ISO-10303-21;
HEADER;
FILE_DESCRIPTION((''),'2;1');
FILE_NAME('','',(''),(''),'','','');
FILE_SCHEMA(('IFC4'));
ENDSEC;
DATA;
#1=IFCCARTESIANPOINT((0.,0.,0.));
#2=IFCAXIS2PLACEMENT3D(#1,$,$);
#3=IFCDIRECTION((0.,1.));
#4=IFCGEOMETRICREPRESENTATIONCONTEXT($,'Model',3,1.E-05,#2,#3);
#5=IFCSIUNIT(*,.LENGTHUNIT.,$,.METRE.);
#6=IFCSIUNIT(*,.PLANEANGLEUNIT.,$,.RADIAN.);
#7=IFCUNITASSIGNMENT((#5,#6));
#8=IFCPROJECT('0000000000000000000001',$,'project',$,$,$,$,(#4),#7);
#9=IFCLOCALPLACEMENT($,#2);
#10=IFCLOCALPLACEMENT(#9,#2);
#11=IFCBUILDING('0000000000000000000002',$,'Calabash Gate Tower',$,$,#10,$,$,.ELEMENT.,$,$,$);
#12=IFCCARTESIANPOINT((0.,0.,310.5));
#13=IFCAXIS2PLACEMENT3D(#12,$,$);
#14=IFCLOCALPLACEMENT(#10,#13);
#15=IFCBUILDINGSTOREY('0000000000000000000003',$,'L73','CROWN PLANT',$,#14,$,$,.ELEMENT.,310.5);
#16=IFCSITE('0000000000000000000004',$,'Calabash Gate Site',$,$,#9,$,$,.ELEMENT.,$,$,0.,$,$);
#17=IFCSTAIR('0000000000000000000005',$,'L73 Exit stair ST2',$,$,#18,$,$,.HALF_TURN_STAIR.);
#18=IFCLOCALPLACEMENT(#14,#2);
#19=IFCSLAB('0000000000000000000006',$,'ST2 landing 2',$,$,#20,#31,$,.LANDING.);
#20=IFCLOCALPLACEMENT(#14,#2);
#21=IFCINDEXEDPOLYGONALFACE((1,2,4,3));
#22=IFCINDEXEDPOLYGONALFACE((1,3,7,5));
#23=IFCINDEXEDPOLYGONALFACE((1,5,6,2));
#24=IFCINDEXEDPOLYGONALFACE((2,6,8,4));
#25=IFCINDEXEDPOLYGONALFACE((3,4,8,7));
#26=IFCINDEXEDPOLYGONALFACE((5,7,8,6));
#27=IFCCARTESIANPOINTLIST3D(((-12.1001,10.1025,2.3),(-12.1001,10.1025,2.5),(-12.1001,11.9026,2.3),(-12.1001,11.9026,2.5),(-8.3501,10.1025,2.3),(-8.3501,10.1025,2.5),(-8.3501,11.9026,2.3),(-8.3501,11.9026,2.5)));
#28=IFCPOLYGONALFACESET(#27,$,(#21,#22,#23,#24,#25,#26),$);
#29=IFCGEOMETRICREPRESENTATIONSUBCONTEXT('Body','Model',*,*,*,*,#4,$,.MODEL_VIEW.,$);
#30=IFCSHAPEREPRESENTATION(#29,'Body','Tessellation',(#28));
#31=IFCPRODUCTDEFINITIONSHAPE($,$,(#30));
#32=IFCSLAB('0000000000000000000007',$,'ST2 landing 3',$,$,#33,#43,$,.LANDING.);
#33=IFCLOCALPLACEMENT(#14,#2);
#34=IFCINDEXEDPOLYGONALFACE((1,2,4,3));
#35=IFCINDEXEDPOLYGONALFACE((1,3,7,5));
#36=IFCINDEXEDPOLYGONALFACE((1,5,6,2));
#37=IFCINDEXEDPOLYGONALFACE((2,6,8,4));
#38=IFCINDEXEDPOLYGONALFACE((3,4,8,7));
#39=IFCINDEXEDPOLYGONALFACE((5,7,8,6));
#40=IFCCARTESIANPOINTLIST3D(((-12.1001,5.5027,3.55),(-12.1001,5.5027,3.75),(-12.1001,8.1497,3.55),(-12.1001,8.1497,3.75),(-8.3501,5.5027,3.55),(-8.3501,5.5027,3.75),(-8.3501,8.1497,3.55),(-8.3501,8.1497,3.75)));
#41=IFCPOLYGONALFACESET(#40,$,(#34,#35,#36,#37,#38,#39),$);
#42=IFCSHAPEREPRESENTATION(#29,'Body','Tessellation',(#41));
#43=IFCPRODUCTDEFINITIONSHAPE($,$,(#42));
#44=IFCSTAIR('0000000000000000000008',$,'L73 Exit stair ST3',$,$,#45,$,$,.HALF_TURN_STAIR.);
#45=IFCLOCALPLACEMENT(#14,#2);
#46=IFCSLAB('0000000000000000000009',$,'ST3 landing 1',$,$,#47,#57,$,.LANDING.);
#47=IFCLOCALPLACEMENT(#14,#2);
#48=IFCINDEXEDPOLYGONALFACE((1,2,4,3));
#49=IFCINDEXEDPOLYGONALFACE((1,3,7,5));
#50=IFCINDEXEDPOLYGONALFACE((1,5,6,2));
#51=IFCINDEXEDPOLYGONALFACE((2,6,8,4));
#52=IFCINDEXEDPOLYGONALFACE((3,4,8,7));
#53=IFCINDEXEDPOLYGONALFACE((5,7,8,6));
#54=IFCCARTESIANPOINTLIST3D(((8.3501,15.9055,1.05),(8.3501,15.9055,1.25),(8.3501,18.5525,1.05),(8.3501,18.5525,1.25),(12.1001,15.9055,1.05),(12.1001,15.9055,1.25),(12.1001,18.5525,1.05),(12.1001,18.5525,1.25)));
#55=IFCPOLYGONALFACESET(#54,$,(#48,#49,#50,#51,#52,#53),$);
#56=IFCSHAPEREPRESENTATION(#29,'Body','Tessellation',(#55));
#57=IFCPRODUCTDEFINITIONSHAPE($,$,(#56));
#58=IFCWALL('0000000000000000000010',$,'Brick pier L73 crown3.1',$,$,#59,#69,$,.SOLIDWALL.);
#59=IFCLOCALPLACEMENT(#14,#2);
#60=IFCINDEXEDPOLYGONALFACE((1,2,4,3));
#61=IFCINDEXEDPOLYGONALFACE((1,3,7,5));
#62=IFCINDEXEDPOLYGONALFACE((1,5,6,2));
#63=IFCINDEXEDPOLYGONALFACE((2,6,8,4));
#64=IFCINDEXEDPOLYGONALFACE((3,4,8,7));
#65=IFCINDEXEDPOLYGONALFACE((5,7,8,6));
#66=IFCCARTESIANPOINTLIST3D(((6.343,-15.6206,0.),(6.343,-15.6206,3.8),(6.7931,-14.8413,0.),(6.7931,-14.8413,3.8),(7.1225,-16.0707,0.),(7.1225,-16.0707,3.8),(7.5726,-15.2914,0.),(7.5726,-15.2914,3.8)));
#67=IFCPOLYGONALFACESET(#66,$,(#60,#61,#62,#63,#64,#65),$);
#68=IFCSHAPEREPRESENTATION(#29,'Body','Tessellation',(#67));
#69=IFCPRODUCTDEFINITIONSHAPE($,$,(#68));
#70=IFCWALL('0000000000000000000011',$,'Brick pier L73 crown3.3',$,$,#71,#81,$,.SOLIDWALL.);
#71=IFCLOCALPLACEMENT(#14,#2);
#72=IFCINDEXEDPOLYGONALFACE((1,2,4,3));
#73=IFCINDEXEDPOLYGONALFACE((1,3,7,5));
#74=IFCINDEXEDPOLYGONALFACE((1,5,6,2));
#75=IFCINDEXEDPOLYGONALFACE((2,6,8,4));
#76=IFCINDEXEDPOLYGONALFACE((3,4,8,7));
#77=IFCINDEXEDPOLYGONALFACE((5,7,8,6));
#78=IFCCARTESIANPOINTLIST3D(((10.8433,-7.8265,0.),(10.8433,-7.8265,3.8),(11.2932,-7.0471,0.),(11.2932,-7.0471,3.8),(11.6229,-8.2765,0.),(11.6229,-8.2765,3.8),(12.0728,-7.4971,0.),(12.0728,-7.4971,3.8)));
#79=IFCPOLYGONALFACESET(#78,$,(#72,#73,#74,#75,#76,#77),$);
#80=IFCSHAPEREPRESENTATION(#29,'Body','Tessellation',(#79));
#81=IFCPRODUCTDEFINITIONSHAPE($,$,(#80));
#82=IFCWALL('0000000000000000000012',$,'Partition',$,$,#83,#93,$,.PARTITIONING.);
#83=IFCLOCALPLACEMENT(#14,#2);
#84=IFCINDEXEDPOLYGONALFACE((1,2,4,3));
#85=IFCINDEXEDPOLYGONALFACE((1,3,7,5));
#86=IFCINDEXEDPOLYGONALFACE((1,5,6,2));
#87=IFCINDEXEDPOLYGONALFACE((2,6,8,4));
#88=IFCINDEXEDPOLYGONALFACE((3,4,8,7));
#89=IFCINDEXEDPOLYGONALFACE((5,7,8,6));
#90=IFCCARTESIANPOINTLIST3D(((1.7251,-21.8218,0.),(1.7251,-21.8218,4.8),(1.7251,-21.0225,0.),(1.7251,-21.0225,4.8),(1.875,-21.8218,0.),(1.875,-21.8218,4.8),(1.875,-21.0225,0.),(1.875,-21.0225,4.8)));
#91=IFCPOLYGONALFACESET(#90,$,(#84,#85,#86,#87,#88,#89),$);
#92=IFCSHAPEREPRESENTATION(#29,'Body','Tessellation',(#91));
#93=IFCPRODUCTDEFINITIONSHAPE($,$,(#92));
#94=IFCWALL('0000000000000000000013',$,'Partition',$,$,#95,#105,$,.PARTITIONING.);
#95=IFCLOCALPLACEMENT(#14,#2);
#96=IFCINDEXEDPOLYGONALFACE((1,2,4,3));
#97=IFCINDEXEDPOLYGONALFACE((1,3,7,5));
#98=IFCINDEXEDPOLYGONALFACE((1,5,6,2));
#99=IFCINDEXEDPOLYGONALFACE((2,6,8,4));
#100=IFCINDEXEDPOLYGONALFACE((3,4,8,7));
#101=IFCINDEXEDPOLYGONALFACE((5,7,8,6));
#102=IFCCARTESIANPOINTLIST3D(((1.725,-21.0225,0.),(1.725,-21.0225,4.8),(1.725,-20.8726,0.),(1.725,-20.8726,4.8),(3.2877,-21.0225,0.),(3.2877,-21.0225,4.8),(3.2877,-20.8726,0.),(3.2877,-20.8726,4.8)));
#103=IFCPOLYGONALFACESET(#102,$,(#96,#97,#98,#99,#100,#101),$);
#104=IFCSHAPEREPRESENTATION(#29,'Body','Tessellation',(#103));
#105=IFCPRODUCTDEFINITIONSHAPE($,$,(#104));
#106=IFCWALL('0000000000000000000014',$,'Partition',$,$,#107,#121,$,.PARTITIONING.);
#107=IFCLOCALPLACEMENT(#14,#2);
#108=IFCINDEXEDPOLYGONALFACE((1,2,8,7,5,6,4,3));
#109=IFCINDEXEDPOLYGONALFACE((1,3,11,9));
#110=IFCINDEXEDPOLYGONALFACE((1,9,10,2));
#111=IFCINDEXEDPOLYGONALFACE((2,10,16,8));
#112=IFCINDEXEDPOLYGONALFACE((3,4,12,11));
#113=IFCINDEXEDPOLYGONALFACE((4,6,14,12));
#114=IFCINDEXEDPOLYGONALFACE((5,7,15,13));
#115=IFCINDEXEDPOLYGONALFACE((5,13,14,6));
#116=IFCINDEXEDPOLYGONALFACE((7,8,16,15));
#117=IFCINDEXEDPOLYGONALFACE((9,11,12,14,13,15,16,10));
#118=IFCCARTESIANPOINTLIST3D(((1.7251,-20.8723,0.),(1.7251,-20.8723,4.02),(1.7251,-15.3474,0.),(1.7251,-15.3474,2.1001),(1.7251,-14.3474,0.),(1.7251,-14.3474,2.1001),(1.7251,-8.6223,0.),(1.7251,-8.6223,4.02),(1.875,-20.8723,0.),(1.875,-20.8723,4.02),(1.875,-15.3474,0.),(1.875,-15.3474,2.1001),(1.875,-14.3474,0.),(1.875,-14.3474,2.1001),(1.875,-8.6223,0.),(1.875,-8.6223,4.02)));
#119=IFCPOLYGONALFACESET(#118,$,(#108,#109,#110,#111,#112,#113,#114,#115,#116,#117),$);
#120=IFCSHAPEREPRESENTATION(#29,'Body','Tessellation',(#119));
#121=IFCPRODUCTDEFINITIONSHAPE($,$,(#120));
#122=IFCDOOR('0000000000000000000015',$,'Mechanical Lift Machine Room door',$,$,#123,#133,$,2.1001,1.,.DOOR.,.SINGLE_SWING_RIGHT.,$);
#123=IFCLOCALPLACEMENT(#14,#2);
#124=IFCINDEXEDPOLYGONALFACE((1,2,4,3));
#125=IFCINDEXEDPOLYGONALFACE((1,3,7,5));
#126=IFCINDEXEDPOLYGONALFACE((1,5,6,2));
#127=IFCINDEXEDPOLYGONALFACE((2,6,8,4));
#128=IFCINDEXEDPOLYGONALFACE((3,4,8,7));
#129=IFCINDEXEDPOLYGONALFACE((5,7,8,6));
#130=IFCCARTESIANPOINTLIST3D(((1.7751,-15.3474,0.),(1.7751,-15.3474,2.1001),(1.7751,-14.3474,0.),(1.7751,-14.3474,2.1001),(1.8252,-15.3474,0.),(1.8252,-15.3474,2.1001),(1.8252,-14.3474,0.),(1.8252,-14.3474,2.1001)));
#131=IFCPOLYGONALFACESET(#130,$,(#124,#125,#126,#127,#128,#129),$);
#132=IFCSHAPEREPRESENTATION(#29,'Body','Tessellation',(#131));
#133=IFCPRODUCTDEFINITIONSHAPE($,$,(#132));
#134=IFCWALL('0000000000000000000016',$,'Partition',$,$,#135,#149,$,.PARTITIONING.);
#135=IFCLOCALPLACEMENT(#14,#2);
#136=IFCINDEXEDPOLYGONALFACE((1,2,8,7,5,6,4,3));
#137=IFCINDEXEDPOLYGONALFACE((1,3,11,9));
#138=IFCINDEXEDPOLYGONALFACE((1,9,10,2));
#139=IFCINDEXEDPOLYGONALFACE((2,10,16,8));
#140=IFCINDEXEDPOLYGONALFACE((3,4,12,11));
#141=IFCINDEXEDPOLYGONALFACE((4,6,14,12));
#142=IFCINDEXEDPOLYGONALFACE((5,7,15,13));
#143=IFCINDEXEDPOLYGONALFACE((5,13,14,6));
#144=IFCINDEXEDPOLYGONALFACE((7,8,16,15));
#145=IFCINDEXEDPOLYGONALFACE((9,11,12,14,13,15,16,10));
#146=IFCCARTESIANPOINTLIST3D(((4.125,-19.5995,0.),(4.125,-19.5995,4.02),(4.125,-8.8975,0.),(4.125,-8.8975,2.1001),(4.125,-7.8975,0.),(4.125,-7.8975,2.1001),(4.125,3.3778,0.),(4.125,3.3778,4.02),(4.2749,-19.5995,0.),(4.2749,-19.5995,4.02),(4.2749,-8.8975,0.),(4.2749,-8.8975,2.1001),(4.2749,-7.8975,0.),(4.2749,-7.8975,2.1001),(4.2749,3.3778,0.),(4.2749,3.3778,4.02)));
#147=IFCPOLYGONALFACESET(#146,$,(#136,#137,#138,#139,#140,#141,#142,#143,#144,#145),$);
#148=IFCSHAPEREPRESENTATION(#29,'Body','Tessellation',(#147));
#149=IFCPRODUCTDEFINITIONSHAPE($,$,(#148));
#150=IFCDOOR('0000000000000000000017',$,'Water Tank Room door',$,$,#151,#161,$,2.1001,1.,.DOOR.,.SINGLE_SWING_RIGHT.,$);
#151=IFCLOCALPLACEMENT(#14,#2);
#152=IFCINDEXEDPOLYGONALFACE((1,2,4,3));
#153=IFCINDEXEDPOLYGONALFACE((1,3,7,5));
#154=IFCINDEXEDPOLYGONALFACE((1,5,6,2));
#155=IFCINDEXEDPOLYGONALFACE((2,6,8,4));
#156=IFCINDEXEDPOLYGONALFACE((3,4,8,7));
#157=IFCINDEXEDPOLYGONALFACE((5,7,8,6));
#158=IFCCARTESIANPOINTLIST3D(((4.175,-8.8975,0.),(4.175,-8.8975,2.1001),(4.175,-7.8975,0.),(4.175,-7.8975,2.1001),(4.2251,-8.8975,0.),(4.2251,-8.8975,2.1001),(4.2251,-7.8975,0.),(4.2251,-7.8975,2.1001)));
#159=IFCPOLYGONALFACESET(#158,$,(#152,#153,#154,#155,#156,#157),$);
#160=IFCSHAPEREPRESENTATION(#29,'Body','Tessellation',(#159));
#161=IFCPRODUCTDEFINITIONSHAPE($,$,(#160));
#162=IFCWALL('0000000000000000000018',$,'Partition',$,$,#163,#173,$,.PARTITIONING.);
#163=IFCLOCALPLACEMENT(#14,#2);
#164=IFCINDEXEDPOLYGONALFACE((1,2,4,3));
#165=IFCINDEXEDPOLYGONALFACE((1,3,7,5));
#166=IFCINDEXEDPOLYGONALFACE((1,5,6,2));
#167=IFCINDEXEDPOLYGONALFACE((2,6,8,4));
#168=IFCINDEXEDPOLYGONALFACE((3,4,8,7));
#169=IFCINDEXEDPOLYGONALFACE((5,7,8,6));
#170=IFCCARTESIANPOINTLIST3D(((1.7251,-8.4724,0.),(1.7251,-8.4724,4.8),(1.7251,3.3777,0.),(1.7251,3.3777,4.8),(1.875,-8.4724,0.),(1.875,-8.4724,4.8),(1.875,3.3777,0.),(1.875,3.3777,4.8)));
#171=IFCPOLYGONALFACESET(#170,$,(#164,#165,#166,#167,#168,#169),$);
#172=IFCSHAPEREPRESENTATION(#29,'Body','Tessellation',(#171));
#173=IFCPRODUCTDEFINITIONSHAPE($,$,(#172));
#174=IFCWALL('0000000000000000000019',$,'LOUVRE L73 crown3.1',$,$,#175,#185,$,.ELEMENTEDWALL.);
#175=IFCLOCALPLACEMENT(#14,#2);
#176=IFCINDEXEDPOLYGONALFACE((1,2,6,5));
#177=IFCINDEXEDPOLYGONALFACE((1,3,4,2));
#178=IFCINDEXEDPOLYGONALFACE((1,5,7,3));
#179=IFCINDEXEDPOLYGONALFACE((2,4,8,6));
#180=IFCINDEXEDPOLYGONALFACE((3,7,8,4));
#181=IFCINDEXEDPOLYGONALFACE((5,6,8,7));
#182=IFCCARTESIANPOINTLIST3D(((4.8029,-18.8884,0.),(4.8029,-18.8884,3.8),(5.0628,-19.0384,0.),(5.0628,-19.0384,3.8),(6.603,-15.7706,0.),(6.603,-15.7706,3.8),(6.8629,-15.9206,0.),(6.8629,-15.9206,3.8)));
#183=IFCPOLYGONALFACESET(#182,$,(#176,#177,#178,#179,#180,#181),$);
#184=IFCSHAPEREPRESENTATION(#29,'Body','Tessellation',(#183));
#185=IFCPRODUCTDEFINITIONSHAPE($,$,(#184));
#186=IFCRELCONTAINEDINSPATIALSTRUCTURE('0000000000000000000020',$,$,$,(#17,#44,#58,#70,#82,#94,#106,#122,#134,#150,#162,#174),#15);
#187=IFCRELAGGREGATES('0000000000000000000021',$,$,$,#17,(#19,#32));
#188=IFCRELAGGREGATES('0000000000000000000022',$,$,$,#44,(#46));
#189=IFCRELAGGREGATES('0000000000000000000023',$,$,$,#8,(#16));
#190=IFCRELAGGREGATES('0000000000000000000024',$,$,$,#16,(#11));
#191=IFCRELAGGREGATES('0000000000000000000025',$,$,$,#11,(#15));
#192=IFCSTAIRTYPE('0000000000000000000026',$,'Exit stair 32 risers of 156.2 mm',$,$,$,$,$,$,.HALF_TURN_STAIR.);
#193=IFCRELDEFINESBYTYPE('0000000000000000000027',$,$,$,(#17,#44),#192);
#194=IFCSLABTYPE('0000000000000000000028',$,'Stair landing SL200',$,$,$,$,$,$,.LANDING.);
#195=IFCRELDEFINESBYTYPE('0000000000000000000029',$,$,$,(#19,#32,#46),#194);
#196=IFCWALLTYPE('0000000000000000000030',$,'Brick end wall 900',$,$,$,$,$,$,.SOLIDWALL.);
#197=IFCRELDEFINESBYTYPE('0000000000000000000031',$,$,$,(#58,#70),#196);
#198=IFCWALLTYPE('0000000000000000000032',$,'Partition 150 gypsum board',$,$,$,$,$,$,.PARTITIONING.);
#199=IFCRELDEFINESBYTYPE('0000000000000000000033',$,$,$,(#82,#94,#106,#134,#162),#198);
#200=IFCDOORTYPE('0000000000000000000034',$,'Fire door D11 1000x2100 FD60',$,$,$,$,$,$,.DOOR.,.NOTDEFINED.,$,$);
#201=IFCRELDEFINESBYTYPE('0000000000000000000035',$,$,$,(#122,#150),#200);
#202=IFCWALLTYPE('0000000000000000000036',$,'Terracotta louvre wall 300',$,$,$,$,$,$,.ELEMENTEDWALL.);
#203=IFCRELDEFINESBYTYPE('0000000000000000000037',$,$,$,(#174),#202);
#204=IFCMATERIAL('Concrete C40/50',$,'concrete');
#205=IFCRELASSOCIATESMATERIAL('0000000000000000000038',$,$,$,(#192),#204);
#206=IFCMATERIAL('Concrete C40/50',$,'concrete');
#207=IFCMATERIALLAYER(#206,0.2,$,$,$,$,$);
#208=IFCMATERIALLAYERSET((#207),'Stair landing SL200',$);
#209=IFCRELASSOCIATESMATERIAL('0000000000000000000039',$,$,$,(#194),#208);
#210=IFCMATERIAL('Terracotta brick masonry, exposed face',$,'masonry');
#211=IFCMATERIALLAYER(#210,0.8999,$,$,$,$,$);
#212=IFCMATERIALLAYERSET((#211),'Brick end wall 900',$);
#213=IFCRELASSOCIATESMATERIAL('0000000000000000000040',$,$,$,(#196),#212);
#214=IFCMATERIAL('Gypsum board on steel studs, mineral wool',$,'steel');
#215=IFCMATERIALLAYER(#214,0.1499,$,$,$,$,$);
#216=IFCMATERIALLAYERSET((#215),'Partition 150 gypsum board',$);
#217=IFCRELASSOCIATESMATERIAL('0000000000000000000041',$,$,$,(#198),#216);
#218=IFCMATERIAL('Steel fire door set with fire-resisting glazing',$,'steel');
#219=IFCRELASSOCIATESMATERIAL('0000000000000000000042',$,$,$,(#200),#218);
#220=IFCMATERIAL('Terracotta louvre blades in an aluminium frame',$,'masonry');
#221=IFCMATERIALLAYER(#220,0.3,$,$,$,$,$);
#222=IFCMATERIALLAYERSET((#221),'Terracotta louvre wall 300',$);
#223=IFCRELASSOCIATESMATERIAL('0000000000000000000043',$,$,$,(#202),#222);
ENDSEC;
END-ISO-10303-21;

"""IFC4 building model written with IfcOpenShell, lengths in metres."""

from ifc_helpers import new_model, si_unit, direction, frame, frame_2d, origin, place, context, subcontext, project, spatial, polyline, rectangle, outline, extrude, material, layer, layer_set, type_object, element, fill, aggregate, save


model = new_model("IFC4")

# Units and contexts
model_context = context("Model", 3, precision=1e-05, world=origin(), true_north=direction((0.0, 1.0)))
body_context = subcontext(model_context, "Body", "Model", "MODEL_VIEW")
ifc_project = project(units=[si_unit("LENGTHUNIT", "METRE"), si_unit("PLANEANGLEUNIT", "RADIAN")], contexts=[model_context])

# Site, building, storey
site_placement = place(None, origin())
site = spatial("IfcSite", under=ifc_project, at=site_placement, Name="Calabash Gate Site", CompositionType="ELEMENT", RefElevation=0.0)
building_placement = place(site_placement, origin())
building = spatial("IfcBuilding", under=site, at=building_placement, Name="Calabash Gate Tower", CompositionType="ELEMENT")
storey_placement = place(building_placement, frame((0.0, 0.0, 310.5)))
storey = spatial("IfcBuildingStorey", under=building, at=storey_placement, Name="L73", Description="CROWN PLANT", CompositionType="ELEMENT", Elevation=310.5)

# Stair, slabs
ifc_material_1 = material(Name="Concrete C40/50", Category="concrete")
stair_type = type_object("IfcStairType", Name="Exit stair 32 risers of 156.2 mm", PredefinedType="HALF_TURN_STAIR", material=ifc_material_1)
stair_1_placement = place(storey_placement, origin())
stair_1 = element("IfcStair", 1, at=stair_1_placement, inside=storey, type_object=stair_type, Name="L73 Exit stair ST2", PredefinedType="HALF_TURN_STAIR")
ifc_material_2 = material(Name="Concrete C40/50", Category="concrete")
ifc_layer_1 = layer(ifc_material_2, 0.2)
ifc_layer_set_1 = layer_set([ifc_layer_1], Name="Stair landing SL200")
slab_type = type_object("IfcSlabType", Name="Stair landing SL200", PredefinedType="LANDING", material=ifc_layer_set_1)
slab_1_placement = place(storey_placement, frame((0.0, 0.0, 2.3)))
slab_1 = element("IfcSlab", 2, at=slab_1_placement, type_object=slab_type, Name="ST2 landing 2", PredefinedType="LANDING", context=body_context, shape_type="SweptSolid", body=[
    extrude(outline(polyline([(-12.1001, 11.9026), (-12.1001, 10.1025), (-8.3501, 10.1025), (-8.3501, 11.9026), (-12.1001, 11.9026)])), origin(), (0.0, 0.0, 1.0), 0.2),
])
slab_2_placement = place(storey_placement, frame((0.0, 0.0, 3.55)))
slab_2 = element("IfcSlab", 3, at=slab_2_placement, type_object=slab_type, Name="ST2 landing 3", PredefinedType="LANDING", context=body_context, shape_type="SweptSolid", body=[
    extrude(outline(polyline([(-12.1001, 8.1497), (-12.1001, 5.5027), (-8.3501, 5.5027), (-8.3501, 8.1497), (-12.1001, 8.1497)])), origin(), (0.0, 0.0, 1.0), 0.2),
])
aggregate(stair_1, [slab_1, slab_2])

# Stair, slab
stair_2_placement = place(storey_placement, origin())
stair_2 = element("IfcStair", 4, at=stair_2_placement, inside=storey, type_object=stair_type, Name="L73 Exit stair ST3", PredefinedType="HALF_TURN_STAIR")
slab_3_placement = place(storey_placement, frame((0.0, 0.0, 1.05)))
slab_3 = element("IfcSlab", 5, at=slab_3_placement, type_object=slab_type, Name="ST3 landing 1", PredefinedType="LANDING", context=body_context, shape_type="SweptSolid", body=[
    extrude(outline(polyline([(12.1001, 15.9055), (12.1001, 18.5525), (8.3501, 18.5525), (8.3501, 15.9055), (12.1001, 15.9055)])), origin(), (0.0, 0.0, 1.0), 0.2),
])
aggregate(stair_2, [slab_3])

# Walls
ifc_material_3 = material(Name="Terracotta brick masonry, exposed face", Category="masonry")
ifc_layer_2 = layer(ifc_material_3, 0.8999)
ifc_layer_set_2 = layer_set([ifc_layer_2], Name="Brick end wall 900")
wall_type_1 = type_object("IfcWallType", Name="Brick end wall 900", PredefinedType="SOLIDWALL", material=ifc_layer_set_2)
for number, where, z_axis, x_axis, name in (
    (6, (7.3477, -15.6812, 0.0), (0.0, 0.0, 1.0), (-0.865964, 0.500106, 0.0), "Brick pier L73 crown3.1"),
    (7, (11.0681, -7.4368, 0.0), (0.0, 0.0, 1.0), (0.866082, -0.499902, 0.0), "Brick pier L73 crown3.3"),
):
    element("IfcWall", number, at=place(storey_placement, frame(where, z_axis=z_axis, x_axis=x_axis)), inside=storey, type_object=wall_type_1, Name=name, PredefinedType="SOLIDWALL", context=body_context, shape_type="SweptSolid", body=[
        extrude(rectangle(XDim=0.9001, YDim=0.8999, at=frame_2d((0.4502, 0.0))), origin(), (0.0, 0.0, 1.0), 3.8),
    ])
ifc_material_4 = material(Name="Gypsum board on steel studs, mineral wool", Category="steel")
ifc_layer_3 = layer(ifc_material_4, 0.1499)
ifc_layer_set_3 = layer_set([ifc_layer_3], Name="Partition 150 gypsum board")
wall_type_2 = type_object("IfcWallType", Name="Partition 150 gypsum board", PredefinedType="PARTITIONING", material=ifc_layer_set_3)
wall_1_placement = place(storey_placement, frame((1.8, -21.8218, 0.0), z_axis=(0.0, 0.0, 1.0), x_axis=(0.0, 1.0, 0.0)))
element("IfcWall", 8, at=wall_1_placement, inside=storey, type_object=wall_type_2, Name="Partition", PredefinedType="PARTITIONING", context=body_context, shape_type="SweptSolid", body=[
    extrude(rectangle(XDim=0.7993, YDim=0.1499, at=frame_2d((0.3997, 0.0))), origin(), (0.0, 0.0, 1.0), 4.8),
])
wall_2_placement = place(storey_placement, frame((1.7251, -20.9475, 0.0), z_axis=(0.0, 0.0, 1.0), x_axis=(1.0, 0.0, 0.0)))
element("IfcWall", 9, at=wall_2_placement, inside=storey, type_object=wall_type_2, Name="Partition", PredefinedType="PARTITIONING", context=body_context, shape_type="SweptSolid", body=[
    extrude(rectangle(XDim=1.5627, YDim=0.1499, at=frame_2d((0.7812, 0.0))), origin(), (0.0, 0.0, 1.0), 4.8),
])

# Walls, openings, doors
wall_3_placement = place(storey_placement, frame((1.8, -20.8723, 0.0), z_axis=(0.0, 0.0, 1.0), x_axis=(0.0, 1.0, 0.0)))
wall_3 = element("IfcWall", 10, at=wall_3_placement, inside=storey, type_object=wall_type_2, Name="Partition", PredefinedType="PARTITIONING", context=body_context, shape_type="SweptSolid", body=[
    extrude(rectangle(XDim=12.25, YDim=0.1499, at=frame_2d((6.125, 0.0))), origin(), (0.0, 0.0, 1.0), 4.02),
])
opening_1_placement = place(wall_3_placement, frame((5.5249, 0.0, 0.0)))
opening_1 = element("IfcOpeningElement", 11, at=opening_1_placement, cuts=wall_3, PredefinedType="OPENING", context=body_context, shape_type="SweptSolid", body=[
    extrude(rectangle(XDim=1.0, YDim=2.1001, at=frame_2d((0.5, 1.05))), frame((0.0, 0.085, 0.0), z_axis=(0.0, -1.0, 0.0), x_axis=(1.0, 0.0, 0.0)), (0.0, 0.0, 1.0), 0.1699),
])
ifc_material_5 = material(Name="Steel fire door set with fire-resisting glazing", Category="steel")
door_type = type_object("IfcDoorType", Name="Fire door D11 1000x2100 FD60", OperationType="NOTDEFINED", PredefinedType="DOOR", material=ifc_material_5)
door_1_placement = place(opening_1_placement, origin())
door_1 = element("IfcDoor", 12, at=door_1_placement, inside=storey, type_object=door_type, Name="Mechanical Lift Machine Room door", OperationType="SINGLE_SWING_RIGHT", OverallHeight=2.1001, OverallWidth=1.0, PredefinedType="DOOR", context=body_context, shape_type="SweptSolid", body=[
    extrude(rectangle(XDim=1.0, YDim=2.1001, at=frame_2d((0.5, 1.05))), frame((0.0, 0.0249, 0.0), z_axis=(0.0, -1.0, 0.0), x_axis=(1.0, 0.0, 0.0)), (0.0, 0.0, 1.0), 0.05),
])
fill(opening_1, door_1)
wall_4_placement = place(storey_placement, frame((4.2, -19.5996, 0.0), z_axis=(0.0, 0.0, 1.0), x_axis=(0.0, 1.0, 0.0)))
wall_4 = element("IfcWall", 13, at=wall_4_placement, inside=storey, type_object=wall_type_2, Name="Partition", PredefinedType="PARTITIONING", context=body_context, shape_type="SweptSolid", body=[
    extrude(rectangle(XDim=22.9773, YDim=0.1499, at=frame_2d((11.4888, 0.0))), origin(), (0.0, 0.0, 1.0), 4.02),
])
opening_2_placement = place(wall_4_placement, frame((10.7021, 0.0, 0.0)))
opening_2 = element("IfcOpeningElement", 14, at=opening_2_placement, cuts=wall_4, PredefinedType="OPENING", context=body_context, shape_type="SweptSolid", body=[
    extrude(rectangle(XDim=1.0, YDim=2.1001, at=frame_2d((0.5, 1.05))), frame((0.0, 0.085, 0.0), z_axis=(0.0, -1.0, 0.0), x_axis=(1.0, 0.0, 0.0)), (0.0, 0.0, 1.0), 0.1699),
])
door_2_placement = place(opening_2_placement, origin())
door_2 = element("IfcDoor", 15, at=door_2_placement, inside=storey, type_object=door_type, Name="Water Tank Room door", OperationType="SINGLE_SWING_RIGHT", OverallHeight=2.1001, OverallWidth=1.0, PredefinedType="DOOR", context=body_context, shape_type="SweptSolid", body=[
    extrude(rectangle(XDim=1.0, YDim=2.1001, at=frame_2d((0.5, 1.05))), frame((0.0, 0.0249, 0.0), z_axis=(0.0, -1.0, 0.0), x_axis=(1.0, 0.0, 0.0)), (0.0, 0.0, 1.0), 0.05),
])
fill(opening_2, door_2)

# Walls
wall_5_placement = place(storey_placement, frame((1.8, -8.4724, 0.0), z_axis=(0.0, 0.0, 1.0), x_axis=(0.0, 1.0, 0.0)))
element("IfcWall", 16, at=wall_5_placement, inside=storey, type_object=wall_type_2, Name="Partition", PredefinedType="PARTITIONING", context=body_context, shape_type="SweptSolid", body=[
    extrude(rectangle(XDim=11.8501, YDim=0.1499, at=frame_2d((5.925, 0.0))), origin(), (0.0, 0.0, 1.0), 4.8),
])
ifc_material_6 = material(Name="Terracotta louvre blades in an aluminium frame", Category="masonry")
ifc_layer_4 = layer(ifc_material_6, 0.3)
ifc_layer_set_4 = layer_set([ifc_layer_4], Name="Terracotta louvre wall 300")
wall_type_3 = type_object("IfcWallType", Name="Terracotta louvre wall 300", PredefinedType="ELEMENTEDWALL", material=ifc_layer_set_4)
for number, where, z_axis, x_axis, name in (
    (17, (4.9329, -18.9634, 0.0), (0.0, 0.0, 1.0), (0.500012, 0.866018, 0.0), "LOUVRE L73 crown3.1"),
):
    element("IfcWall", number, at=place(storey_placement, frame(where, z_axis=z_axis, x_axis=x_axis)), inside=storey, type_object=wall_type_3, Name=name, PredefinedType="ELEMENTEDWALL", context=body_context, shape_type="SweptSolid", body=[
        extrude(rectangle(XDim=3.6001, YDim=0.3, at=frame_2d((1.8, 0.0))), origin(), (0.0, 0.0, 1.0), 3.8),
    ])

save(model, "model.ifc")
